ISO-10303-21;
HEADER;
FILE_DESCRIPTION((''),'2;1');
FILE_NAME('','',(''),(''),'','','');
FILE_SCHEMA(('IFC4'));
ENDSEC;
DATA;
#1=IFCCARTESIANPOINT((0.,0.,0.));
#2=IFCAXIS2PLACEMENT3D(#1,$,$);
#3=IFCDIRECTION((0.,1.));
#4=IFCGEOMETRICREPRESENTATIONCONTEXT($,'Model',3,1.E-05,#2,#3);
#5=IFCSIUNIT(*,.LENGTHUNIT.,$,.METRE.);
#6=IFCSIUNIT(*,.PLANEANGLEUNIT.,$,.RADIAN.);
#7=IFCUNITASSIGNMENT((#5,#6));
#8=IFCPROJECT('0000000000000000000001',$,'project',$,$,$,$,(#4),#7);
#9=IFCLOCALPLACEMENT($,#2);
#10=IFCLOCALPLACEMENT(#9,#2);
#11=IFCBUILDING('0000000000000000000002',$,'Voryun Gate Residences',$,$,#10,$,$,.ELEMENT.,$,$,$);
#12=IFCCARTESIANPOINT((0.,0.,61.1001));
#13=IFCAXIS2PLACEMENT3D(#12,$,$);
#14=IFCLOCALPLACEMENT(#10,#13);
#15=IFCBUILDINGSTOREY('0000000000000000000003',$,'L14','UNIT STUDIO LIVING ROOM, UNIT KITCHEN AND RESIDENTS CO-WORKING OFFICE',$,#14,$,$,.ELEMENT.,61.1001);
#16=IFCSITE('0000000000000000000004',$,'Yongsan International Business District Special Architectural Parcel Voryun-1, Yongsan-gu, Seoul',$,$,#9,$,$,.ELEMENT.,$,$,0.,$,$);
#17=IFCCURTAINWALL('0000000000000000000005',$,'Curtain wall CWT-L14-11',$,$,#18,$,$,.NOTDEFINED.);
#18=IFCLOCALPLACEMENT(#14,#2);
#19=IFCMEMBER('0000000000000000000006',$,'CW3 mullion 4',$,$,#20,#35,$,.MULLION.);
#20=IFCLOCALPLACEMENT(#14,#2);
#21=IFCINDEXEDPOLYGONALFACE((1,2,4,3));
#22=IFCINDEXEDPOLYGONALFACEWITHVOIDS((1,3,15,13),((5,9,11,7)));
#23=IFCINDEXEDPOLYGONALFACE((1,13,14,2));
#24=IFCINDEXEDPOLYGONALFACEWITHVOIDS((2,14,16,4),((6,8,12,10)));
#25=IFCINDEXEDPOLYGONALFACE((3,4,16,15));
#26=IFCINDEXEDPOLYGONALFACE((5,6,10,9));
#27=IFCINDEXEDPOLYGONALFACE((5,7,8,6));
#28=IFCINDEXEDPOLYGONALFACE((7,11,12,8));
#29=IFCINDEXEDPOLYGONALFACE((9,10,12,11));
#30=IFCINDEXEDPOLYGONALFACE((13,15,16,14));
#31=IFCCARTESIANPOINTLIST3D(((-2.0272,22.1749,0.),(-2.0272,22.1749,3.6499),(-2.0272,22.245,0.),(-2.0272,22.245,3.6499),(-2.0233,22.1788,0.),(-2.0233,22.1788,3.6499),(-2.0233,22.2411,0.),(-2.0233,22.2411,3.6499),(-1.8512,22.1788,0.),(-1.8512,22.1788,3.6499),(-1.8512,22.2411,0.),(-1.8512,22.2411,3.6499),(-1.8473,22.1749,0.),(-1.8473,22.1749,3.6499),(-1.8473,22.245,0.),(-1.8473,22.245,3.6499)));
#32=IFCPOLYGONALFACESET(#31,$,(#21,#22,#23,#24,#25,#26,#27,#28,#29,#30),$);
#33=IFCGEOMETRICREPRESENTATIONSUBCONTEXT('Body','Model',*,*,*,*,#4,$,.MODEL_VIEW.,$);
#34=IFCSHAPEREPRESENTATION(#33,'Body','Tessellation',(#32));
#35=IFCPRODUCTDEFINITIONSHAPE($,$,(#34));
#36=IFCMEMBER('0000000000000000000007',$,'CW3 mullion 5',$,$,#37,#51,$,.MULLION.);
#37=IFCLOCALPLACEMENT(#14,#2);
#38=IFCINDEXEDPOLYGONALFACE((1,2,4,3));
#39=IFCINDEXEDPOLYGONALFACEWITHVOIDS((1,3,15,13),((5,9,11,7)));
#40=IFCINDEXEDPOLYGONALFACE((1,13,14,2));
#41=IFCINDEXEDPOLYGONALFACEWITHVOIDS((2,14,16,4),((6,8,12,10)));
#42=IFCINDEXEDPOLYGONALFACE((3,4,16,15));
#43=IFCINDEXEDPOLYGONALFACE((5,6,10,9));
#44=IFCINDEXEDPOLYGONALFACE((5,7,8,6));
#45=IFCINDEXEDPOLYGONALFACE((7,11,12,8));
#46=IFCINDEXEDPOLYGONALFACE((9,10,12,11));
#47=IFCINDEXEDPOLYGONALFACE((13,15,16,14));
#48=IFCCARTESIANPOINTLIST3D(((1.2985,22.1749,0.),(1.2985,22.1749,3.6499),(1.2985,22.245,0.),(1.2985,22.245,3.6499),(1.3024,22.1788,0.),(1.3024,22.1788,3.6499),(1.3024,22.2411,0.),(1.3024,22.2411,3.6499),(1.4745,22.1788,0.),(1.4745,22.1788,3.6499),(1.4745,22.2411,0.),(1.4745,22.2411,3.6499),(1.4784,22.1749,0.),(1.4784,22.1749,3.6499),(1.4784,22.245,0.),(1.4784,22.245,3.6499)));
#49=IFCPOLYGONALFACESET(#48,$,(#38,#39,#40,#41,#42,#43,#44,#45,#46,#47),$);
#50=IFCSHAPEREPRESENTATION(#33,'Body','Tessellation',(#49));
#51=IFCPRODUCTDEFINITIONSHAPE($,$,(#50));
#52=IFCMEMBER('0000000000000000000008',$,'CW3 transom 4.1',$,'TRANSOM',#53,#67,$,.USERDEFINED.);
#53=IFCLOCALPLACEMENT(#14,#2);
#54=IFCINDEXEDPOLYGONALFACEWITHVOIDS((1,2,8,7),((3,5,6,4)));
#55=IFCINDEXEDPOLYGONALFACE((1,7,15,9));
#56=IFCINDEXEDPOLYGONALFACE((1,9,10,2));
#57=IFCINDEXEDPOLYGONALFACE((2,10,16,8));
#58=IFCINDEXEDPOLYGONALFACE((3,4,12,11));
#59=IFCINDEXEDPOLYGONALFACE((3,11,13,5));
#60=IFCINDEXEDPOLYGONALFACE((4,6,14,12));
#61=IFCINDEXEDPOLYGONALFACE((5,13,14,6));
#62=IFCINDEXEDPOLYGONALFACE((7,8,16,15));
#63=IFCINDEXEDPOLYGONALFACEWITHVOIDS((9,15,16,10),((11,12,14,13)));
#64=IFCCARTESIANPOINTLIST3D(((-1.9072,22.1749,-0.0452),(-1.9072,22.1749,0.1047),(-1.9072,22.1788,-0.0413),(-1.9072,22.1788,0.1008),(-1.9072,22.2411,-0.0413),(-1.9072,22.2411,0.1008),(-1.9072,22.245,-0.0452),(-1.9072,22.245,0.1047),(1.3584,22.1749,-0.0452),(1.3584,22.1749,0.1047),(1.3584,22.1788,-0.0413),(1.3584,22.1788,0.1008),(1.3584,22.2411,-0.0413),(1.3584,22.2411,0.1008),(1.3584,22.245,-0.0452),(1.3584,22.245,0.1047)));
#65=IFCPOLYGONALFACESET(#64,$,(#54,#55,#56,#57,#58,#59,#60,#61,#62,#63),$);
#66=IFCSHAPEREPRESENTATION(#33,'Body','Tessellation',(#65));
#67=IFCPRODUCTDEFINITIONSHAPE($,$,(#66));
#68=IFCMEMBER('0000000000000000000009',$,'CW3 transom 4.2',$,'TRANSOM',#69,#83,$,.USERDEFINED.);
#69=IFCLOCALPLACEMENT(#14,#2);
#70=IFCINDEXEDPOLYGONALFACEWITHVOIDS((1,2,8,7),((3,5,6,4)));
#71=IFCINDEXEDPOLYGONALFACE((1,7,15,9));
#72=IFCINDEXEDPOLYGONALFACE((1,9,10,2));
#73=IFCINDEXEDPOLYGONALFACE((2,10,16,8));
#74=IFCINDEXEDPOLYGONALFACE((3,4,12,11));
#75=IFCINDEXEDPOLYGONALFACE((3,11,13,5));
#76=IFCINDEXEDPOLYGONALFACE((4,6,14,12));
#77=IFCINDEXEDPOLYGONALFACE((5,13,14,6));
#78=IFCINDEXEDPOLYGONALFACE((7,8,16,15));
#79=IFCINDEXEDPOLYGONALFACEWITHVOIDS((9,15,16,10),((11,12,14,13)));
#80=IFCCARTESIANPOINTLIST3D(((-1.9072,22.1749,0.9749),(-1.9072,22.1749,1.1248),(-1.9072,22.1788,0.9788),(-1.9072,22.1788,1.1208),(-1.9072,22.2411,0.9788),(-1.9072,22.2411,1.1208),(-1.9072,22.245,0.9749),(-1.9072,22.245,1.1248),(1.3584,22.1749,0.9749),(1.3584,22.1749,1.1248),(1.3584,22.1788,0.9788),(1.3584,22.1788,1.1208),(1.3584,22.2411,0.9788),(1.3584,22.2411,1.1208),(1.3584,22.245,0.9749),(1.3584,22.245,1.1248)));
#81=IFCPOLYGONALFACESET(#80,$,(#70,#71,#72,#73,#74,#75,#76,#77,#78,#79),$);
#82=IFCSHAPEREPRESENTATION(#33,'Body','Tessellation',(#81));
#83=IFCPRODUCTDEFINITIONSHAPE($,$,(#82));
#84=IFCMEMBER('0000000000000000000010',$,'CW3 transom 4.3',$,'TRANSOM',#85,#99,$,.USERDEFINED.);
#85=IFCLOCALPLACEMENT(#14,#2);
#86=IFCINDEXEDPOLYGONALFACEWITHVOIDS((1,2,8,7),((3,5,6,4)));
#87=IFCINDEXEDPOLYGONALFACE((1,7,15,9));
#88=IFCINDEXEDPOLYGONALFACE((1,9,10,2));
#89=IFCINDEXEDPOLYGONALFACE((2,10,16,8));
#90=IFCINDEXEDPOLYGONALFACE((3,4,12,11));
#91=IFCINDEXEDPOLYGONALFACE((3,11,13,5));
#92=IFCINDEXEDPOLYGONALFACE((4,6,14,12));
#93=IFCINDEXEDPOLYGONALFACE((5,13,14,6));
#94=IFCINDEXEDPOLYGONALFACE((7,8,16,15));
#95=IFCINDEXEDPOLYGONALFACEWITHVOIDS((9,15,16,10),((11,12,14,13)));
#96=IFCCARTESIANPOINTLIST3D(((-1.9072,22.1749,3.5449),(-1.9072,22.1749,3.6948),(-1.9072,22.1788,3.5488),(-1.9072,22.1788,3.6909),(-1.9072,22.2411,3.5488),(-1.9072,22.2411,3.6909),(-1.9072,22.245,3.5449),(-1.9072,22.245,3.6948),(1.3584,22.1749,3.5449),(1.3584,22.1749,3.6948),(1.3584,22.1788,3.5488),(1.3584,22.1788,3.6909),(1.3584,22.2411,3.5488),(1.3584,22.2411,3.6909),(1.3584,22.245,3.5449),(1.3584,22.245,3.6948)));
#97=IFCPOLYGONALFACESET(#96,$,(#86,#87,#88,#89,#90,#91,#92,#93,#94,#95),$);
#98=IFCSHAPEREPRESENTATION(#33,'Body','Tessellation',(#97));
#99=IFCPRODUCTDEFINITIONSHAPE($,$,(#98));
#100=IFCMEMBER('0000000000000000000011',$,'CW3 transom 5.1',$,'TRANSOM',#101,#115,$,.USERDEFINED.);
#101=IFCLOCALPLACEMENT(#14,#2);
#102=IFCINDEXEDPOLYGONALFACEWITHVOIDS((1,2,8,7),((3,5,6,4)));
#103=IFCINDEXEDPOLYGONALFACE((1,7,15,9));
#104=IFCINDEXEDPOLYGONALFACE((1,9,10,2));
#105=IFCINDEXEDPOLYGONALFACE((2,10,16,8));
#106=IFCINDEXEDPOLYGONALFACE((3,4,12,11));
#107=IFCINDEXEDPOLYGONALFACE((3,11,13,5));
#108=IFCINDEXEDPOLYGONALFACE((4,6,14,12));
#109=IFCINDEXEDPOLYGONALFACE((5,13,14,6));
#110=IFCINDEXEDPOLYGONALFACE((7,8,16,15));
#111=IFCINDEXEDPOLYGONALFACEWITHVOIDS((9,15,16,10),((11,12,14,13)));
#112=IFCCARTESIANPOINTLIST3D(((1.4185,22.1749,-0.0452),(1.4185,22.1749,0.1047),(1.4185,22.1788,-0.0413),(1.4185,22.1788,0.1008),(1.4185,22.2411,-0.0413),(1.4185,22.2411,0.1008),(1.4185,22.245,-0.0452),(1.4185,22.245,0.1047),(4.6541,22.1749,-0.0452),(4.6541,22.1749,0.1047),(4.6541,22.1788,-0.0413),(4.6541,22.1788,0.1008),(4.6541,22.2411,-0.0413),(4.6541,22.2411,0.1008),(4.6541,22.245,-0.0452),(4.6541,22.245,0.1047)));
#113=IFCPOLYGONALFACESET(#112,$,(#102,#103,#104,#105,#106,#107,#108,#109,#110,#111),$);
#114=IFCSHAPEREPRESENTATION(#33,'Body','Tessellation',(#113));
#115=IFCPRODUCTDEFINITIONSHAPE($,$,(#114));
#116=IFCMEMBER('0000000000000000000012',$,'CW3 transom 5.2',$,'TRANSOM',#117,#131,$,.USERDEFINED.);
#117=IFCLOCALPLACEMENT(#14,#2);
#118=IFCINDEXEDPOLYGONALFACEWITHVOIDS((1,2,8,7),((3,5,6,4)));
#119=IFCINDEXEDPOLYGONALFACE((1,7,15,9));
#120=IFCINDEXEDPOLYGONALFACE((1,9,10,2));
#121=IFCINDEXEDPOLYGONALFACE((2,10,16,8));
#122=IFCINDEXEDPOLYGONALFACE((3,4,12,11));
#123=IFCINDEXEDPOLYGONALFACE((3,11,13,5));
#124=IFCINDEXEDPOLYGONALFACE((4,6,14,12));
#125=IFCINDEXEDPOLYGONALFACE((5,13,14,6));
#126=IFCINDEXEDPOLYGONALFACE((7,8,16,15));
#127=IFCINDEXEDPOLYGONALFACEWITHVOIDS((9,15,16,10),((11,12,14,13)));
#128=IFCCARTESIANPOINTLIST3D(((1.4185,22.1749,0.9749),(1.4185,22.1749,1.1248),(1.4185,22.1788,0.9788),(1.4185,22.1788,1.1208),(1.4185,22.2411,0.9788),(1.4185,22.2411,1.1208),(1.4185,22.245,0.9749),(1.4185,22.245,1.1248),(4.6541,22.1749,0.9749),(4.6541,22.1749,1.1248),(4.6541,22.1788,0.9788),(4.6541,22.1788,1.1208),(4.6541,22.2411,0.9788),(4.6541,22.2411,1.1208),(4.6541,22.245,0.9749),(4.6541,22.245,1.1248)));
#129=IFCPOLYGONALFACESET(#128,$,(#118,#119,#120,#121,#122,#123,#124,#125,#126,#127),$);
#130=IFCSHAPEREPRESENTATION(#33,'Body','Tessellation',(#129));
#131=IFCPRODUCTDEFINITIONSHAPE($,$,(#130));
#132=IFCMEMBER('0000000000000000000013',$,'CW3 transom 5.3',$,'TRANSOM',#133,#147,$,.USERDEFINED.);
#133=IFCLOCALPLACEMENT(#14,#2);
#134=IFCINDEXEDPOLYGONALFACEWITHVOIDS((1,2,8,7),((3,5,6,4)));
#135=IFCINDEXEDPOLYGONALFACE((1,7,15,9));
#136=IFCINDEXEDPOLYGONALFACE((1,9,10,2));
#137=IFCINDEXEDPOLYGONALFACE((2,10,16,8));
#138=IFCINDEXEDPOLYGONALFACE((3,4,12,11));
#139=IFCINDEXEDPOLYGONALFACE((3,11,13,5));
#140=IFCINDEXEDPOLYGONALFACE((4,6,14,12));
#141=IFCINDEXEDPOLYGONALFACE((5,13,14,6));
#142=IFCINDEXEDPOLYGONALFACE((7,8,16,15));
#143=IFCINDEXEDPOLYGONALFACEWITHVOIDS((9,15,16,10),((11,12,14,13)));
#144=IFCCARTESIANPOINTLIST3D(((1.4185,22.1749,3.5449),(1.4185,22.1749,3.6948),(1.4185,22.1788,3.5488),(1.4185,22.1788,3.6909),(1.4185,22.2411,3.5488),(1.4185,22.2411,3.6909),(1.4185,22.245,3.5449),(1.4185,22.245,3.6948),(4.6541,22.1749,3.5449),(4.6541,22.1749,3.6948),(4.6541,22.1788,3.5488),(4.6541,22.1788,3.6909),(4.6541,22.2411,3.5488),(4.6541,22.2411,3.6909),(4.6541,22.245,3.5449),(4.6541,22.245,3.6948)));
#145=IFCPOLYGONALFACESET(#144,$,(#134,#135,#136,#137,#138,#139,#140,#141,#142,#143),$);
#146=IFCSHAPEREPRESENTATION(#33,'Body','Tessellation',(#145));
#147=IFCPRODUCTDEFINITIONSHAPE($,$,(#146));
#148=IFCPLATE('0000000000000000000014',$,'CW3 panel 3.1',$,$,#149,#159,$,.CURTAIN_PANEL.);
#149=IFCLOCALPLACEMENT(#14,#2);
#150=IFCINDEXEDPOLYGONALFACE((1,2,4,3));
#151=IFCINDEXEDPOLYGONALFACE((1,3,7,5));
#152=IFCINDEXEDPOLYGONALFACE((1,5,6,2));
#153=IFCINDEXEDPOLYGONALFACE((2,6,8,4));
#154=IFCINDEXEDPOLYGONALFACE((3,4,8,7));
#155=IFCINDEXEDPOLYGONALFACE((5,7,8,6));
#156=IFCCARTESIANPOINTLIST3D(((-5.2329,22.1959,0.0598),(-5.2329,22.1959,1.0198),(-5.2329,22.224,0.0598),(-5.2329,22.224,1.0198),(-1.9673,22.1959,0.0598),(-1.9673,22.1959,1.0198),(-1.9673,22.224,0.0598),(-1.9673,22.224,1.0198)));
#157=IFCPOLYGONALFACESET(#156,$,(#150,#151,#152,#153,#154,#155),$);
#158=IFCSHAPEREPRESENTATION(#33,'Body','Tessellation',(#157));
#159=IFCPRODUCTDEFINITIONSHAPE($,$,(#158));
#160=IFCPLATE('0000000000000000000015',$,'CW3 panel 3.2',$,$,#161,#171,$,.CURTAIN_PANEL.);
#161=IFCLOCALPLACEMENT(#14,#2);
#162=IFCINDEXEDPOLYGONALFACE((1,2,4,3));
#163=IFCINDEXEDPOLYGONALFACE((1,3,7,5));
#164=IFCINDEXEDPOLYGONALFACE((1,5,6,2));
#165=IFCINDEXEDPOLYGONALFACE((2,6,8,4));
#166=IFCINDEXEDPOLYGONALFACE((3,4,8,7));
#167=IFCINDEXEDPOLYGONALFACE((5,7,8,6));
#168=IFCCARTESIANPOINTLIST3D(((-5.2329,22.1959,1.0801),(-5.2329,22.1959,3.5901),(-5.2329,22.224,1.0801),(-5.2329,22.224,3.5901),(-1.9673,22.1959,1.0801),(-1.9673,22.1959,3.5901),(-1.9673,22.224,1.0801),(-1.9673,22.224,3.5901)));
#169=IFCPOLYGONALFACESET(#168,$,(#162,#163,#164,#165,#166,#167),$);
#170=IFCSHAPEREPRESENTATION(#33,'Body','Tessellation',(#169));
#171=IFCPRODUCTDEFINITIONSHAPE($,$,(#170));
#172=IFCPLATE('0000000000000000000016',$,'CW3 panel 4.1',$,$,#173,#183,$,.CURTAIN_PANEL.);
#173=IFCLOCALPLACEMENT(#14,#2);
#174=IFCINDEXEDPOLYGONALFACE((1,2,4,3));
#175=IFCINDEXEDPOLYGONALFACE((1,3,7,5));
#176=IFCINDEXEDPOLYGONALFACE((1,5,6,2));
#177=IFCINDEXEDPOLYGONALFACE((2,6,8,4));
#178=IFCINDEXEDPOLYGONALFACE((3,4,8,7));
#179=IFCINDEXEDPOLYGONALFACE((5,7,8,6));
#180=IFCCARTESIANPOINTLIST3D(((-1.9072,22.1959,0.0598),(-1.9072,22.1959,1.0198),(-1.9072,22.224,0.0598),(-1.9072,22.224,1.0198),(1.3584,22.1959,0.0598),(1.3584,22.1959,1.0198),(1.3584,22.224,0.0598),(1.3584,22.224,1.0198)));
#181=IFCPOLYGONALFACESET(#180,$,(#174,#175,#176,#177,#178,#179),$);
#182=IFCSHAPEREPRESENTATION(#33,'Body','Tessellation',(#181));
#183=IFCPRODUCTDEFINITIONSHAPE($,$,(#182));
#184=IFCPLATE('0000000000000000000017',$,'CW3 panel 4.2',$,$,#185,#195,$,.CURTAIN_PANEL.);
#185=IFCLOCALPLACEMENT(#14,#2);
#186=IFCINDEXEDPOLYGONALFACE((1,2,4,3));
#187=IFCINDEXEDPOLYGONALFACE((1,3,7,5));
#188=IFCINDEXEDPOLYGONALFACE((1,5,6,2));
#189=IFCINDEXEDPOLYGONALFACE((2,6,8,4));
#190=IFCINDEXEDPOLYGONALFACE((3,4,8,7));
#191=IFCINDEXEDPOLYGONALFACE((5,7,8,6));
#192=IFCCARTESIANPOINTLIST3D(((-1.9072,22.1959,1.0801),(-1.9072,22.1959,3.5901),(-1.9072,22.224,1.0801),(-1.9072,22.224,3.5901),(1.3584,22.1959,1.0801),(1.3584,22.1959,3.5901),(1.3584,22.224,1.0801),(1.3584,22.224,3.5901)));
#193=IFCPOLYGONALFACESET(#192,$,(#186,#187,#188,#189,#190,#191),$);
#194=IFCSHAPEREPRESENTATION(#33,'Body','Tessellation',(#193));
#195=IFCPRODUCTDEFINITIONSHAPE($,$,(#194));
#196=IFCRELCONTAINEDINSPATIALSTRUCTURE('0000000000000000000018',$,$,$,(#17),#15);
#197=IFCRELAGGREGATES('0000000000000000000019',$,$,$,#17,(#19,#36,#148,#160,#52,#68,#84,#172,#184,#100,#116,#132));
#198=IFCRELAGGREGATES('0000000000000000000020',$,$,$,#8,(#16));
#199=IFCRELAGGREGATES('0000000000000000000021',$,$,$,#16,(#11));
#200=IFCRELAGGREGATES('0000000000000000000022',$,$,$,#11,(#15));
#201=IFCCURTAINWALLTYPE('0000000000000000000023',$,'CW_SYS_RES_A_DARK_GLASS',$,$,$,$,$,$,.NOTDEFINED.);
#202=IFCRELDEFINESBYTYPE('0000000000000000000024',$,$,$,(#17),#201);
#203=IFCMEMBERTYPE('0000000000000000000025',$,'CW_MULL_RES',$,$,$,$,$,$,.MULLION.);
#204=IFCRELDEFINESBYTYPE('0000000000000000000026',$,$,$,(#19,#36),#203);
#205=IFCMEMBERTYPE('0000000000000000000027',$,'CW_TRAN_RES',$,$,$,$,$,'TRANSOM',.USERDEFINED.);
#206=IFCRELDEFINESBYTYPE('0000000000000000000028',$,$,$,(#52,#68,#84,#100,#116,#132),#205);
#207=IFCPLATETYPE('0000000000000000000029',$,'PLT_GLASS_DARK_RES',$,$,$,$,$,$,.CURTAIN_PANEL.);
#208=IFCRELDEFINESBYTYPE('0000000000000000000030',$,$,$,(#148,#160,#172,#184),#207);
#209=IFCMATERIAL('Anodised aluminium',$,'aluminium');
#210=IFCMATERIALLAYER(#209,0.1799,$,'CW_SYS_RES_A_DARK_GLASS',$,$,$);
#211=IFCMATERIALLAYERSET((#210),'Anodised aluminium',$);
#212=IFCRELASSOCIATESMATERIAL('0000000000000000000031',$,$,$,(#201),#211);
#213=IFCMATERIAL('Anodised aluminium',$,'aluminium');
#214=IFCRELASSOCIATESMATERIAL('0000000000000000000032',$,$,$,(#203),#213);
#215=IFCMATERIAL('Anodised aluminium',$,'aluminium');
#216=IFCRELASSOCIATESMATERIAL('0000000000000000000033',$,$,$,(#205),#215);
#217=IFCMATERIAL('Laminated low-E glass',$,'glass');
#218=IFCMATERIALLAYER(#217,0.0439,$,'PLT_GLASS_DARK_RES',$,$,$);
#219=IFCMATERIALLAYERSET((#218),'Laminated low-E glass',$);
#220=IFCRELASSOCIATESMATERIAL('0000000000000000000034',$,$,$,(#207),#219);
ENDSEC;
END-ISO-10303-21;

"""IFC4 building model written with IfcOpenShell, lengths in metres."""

from ifc_helpers import new_model, si_unit, direction, frame, origin, origin_2d, place, context, subcontext, project, spatial, rectangle, hollow_rectangle, extrude, material, layer, layer_set, material_profile, profile_set, type_object, element, aggregate, save


model = new_model("IFC4")

# Units and contexts
model_context = context("Model", 3, precision=1e-05, world=origin(), true_north=direction((0.0, 1.0)))
body_context = subcontext(model_context, "Body", "Model", "MODEL_VIEW")
ifc_project = project(units=[si_unit("LENGTHUNIT", "METRE"), si_unit("PLANEANGLEUNIT", "RADIAN")], contexts=[model_context])

# Site, building, storey
site_placement = place(None, origin())
site = spatial("IfcSite", under=ifc_project, at=site_placement, Name="Yongsan International Business District Special Architectural Parcel Voryun-1, Yongsan-gu, Seoul", CompositionType="ELEMENT", RefElevation=0.0)
building_placement = place(site_placement, origin())
building = spatial("IfcBuilding", under=site, at=building_placement, Name="Voryun Gate Residences", CompositionType="ELEMENT")
storey_placement = place(building_placement, frame((0.0, 0.0, 61.1001)))
storey = spatial("IfcBuildingStorey", under=building, at=storey_placement, Name="L14", Description="UNIT STUDIO LIVING ROOM, UNIT KITCHEN AND RESIDENTS CO-WORKING OFFICE", CompositionType="ELEMENT", Elevation=61.1001)

# Curtain wall, members, plates
ifc_material_1 = material(Name="Anodised aluminium", Category="aluminium")
ifc_layer_1 = layer(ifc_material_1, 0.1799, Name="CW_SYS_RES_A_DARK_GLASS")
ifc_layer_set_1 = layer_set([ifc_layer_1], Name="Anodised aluminium")
curtain_wall_type = type_object("IfcCurtainWallType", Name="CW_SYS_RES_A_DARK_GLASS", PredefinedType="NOTDEFINED", material=ifc_layer_set_1)
curtain_wall_placement = place(storey_placement, origin())
curtain_wall = element("IfcCurtainWall", 1, at=curtain_wall_placement, inside=storey, type_object=curtain_wall_type, Name="Curtain wall CWT-L14-11", PredefinedType="NOTDEFINED")
ifc_material_2 = material(Name="Anodised aluminium", Category="aluminium")
ifc_material_profile_1 = material_profile(ifc_material_2, hollow_rectangle(XDim=0.0701, YDim=0.1799, WallThickness=0.0039, at=origin_2d()), Name="ALU-MULL-180x70x4")
ifc_profile_set_1 = profile_set([ifc_material_profile_1], Name="Anodised aluminium")
member_type_1 = type_object("IfcMemberType", Name="CW_MULL_RES", PredefinedType="MULLION", material=ifc_profile_set_1)
member_1_placement = place(storey_placement, frame((-1.9373, 22.21, 0.0), z_axis=(0.0, 0.0, 1.0), x_axis=(0.0, 1.0, 0.0)))
member_1 = element("IfcMember", 2, at=member_1_placement, type_object=member_type_1, Name="CW3 mullion 4", PredefinedType="MULLION", context=body_context, shape_type="SweptSolid", body=[
    extrude(hollow_rectangle(XDim=0.0701, YDim=0.1799, WallThickness=0.0039, at=origin_2d()), origin(), (0.0, 0.0, 1.0), 3.6499),
])
member_2_placement = place(storey_placement, frame((1.3884, 22.21, 0.0), z_axis=(0.0, 0.0, 1.0), x_axis=(0.0, 1.0, 0.0)))
member_2 = element("IfcMember", 3, at=member_2_placement, type_object=member_type_1, Name="CW3 mullion 5", PredefinedType="MULLION", context=body_context, shape_type="SweptSolid", body=[
    extrude(hollow_rectangle(XDim=0.0701, YDim=0.1799, WallThickness=0.0039, at=origin_2d()), origin(), (0.0, 0.0, 1.0), 3.6499),
])
ifc_material_3 = material(Name="Anodised aluminium", Category="aluminium")
ifc_material_profile_2 = material_profile(ifc_material_3, hollow_rectangle(XDim=0.0701, YDim=0.1499, WallThickness=0.0039, at=origin_2d()), Name="ALU-TRAN-150x70x4")
ifc_profile_set_2 = profile_set([ifc_material_profile_2], Name="Anodised aluminium")
member_type_2 = type_object("IfcMemberType", Name="CW_TRAN_RES", ElementType="TRANSOM", PredefinedType="USERDEFINED", material=ifc_profile_set_2)
member_3_placement = place(storey_placement, frame((-1.9072, 22.21, 0.0298), z_axis=(1.0, 0.0, 0.0), x_axis=(0.0, 1.0, 0.0)))
member_3 = element("IfcMember", 4, at=member_3_placement, type_object=member_type_2, Name="CW3 transom 4.1", ObjectType="TRANSOM", PredefinedType="USERDEFINED", context=body_context, shape_type="SweptSolid", body=[
    extrude(hollow_rectangle(XDim=0.0701, YDim=0.1499, WallThickness=0.0039, at=origin_2d()), origin(), (0.0, 0.0, 1.0), 3.2656),
])
member_4_placement = place(storey_placement, frame((-1.9072, 22.21, 1.0498), z_axis=(1.0, 0.0, 0.0), x_axis=(0.0, 1.0, 0.0)))
member_4 = element("IfcMember", 5, at=member_4_placement, type_object=member_type_2, Name="CW3 transom 4.2", ObjectType="TRANSOM", PredefinedType="USERDEFINED", context=body_context, shape_type="SweptSolid", body=[
    extrude(hollow_rectangle(XDim=0.0701, YDim=0.1499, WallThickness=0.0039, at=origin_2d()), origin(), (0.0, 0.0, 1.0), 3.2656),
])
member_5_placement = place(storey_placement, frame((-1.9072, 22.21, 3.6199), z_axis=(1.0, 0.0, 0.0), x_axis=(0.0, 1.0, 0.0)))
member_5 = element("IfcMember", 6, at=member_5_placement, type_object=member_type_2, Name="CW3 transom 4.3", ObjectType="TRANSOM", PredefinedType="USERDEFINED", context=body_context, shape_type="SweptSolid", body=[
    extrude(hollow_rectangle(XDim=0.0701, YDim=0.1499, WallThickness=0.0039, at=origin_2d()), origin(), (0.0, 0.0, 1.0), 3.2656),
])
member_6_placement = place(storey_placement, frame((1.4185, 22.21, 0.0298), z_axis=(1.0, 0.0, 0.0), x_axis=(0.0, 1.0, 0.0)))
member_6 = element("IfcMember", 7, at=member_6_placement, type_object=member_type_2, Name="CW3 transom 5.1", ObjectType="TRANSOM", PredefinedType="USERDEFINED", context=body_context, shape_type="SweptSolid", body=[
    extrude(hollow_rectangle(XDim=0.0701, YDim=0.1499, WallThickness=0.0039, at=origin_2d()), origin(), (0.0, 0.0, 1.0), 3.2356),
])
member_7_placement = place(storey_placement, frame((1.4185, 22.21, 1.0498), z_axis=(1.0, 0.0, 0.0), x_axis=(0.0, 1.0, 0.0)))
member_7 = element("IfcMember", 8, at=member_7_placement, type_object=member_type_2, Name="CW3 transom 5.2", ObjectType="TRANSOM", PredefinedType="USERDEFINED", context=body_context, shape_type="SweptSolid", body=[
    extrude(hollow_rectangle(XDim=0.0701, YDim=0.1499, WallThickness=0.0039, at=origin_2d()), origin(), (0.0, 0.0, 1.0), 3.2356),
])
member_8_placement = place(storey_placement, frame((1.4185, 22.21, 3.6199), z_axis=(1.0, 0.0, 0.0), x_axis=(0.0, 1.0, 0.0)))
member_8 = element("IfcMember", 9, at=member_8_placement, type_object=member_type_2, Name="CW3 transom 5.3", ObjectType="TRANSOM", PredefinedType="USERDEFINED", context=body_context, shape_type="SweptSolid", body=[
    extrude(hollow_rectangle(XDim=0.0701, YDim=0.1499, WallThickness=0.0039, at=origin_2d()), origin(), (0.0, 0.0, 1.0), 3.2356),
])
ifc_material_4 = material(Name="Laminated low-E glass", Category="glass")
ifc_layer_2 = layer(ifc_material_4, 0.0439, Name="PLT_GLASS_DARK_RES")
ifc_layer_set_2 = layer_set([ifc_layer_2], Name="Laminated low-E glass")
plate_type = type_object("IfcPlateType", Name="PLT_GLASS_DARK_RES", PredefinedType="CURTAIN_PANEL", material=ifc_layer_set_2)
plate_1_placement = place(storey_placement, frame((-3.6001, 22.21, 0.0598), z_axis=(0.0, 0.0, 1.0), x_axis=(1.0, 0.0, 0.0)))
plate_1 = element("IfcPlate", 10, at=plate_1_placement, type_object=plate_type, Name="CW3 panel 3.1", PredefinedType="CURTAIN_PANEL", context=body_context, shape_type="SweptSolid", body=[
    extrude(rectangle(XDim=3.2656, YDim=0.0281, at=origin_2d()), origin(), (0.0, 0.0, 1.0), 0.96),
])
plate_2_placement = place(storey_placement, frame((-3.6001, 22.21, 1.0801), z_axis=(0.0, 0.0, 1.0), x_axis=(1.0, 0.0, 0.0)))
plate_2 = element("IfcPlate", 11, at=plate_2_placement, type_object=plate_type, Name="CW3 panel 3.2", PredefinedType="CURTAIN_PANEL", context=body_context, shape_type="SweptSolid", body=[
    extrude(rectangle(XDim=3.2656, YDim=0.0281, at=origin_2d()), origin(), (0.0, 0.0, 1.0), 2.51),
])
plate_3_placement = place(storey_placement, frame((-0.2744, 22.21, 0.0598), z_axis=(0.0, 0.0, 1.0), x_axis=(1.0, 0.0, 0.0)))
plate_3 = element("IfcPlate", 12, at=plate_3_placement, type_object=plate_type, Name="CW3 panel 4.1", PredefinedType="CURTAIN_PANEL", context=body_context, shape_type="SweptSolid", body=[
    extrude(rectangle(XDim=3.2656, YDim=0.0281, at=origin_2d()), origin(), (0.0, 0.0, 1.0), 0.96),
])
plate_4_placement = place(storey_placement, frame((-0.2744, 22.21, 1.0801), z_axis=(0.0, 0.0, 1.0), x_axis=(1.0, 0.0, 0.0)))
plate_4 = element("IfcPlate", 13, at=plate_4_placement, type_object=plate_type, Name="CW3 panel 4.2", PredefinedType="CURTAIN_PANEL", context=body_context, shape_type="SweptSolid", body=[
    extrude(rectangle(XDim=3.2656, YDim=0.0281, at=origin_2d()), origin(), (0.0, 0.0, 1.0), 2.51),
])
aggregate(curtain_wall, [member_1, member_2, plate_1, plate_2, member_3, member_4, member_5, plate_3, plate_4, member_6, member_7, member_8])

save(model, "model.ifc")
